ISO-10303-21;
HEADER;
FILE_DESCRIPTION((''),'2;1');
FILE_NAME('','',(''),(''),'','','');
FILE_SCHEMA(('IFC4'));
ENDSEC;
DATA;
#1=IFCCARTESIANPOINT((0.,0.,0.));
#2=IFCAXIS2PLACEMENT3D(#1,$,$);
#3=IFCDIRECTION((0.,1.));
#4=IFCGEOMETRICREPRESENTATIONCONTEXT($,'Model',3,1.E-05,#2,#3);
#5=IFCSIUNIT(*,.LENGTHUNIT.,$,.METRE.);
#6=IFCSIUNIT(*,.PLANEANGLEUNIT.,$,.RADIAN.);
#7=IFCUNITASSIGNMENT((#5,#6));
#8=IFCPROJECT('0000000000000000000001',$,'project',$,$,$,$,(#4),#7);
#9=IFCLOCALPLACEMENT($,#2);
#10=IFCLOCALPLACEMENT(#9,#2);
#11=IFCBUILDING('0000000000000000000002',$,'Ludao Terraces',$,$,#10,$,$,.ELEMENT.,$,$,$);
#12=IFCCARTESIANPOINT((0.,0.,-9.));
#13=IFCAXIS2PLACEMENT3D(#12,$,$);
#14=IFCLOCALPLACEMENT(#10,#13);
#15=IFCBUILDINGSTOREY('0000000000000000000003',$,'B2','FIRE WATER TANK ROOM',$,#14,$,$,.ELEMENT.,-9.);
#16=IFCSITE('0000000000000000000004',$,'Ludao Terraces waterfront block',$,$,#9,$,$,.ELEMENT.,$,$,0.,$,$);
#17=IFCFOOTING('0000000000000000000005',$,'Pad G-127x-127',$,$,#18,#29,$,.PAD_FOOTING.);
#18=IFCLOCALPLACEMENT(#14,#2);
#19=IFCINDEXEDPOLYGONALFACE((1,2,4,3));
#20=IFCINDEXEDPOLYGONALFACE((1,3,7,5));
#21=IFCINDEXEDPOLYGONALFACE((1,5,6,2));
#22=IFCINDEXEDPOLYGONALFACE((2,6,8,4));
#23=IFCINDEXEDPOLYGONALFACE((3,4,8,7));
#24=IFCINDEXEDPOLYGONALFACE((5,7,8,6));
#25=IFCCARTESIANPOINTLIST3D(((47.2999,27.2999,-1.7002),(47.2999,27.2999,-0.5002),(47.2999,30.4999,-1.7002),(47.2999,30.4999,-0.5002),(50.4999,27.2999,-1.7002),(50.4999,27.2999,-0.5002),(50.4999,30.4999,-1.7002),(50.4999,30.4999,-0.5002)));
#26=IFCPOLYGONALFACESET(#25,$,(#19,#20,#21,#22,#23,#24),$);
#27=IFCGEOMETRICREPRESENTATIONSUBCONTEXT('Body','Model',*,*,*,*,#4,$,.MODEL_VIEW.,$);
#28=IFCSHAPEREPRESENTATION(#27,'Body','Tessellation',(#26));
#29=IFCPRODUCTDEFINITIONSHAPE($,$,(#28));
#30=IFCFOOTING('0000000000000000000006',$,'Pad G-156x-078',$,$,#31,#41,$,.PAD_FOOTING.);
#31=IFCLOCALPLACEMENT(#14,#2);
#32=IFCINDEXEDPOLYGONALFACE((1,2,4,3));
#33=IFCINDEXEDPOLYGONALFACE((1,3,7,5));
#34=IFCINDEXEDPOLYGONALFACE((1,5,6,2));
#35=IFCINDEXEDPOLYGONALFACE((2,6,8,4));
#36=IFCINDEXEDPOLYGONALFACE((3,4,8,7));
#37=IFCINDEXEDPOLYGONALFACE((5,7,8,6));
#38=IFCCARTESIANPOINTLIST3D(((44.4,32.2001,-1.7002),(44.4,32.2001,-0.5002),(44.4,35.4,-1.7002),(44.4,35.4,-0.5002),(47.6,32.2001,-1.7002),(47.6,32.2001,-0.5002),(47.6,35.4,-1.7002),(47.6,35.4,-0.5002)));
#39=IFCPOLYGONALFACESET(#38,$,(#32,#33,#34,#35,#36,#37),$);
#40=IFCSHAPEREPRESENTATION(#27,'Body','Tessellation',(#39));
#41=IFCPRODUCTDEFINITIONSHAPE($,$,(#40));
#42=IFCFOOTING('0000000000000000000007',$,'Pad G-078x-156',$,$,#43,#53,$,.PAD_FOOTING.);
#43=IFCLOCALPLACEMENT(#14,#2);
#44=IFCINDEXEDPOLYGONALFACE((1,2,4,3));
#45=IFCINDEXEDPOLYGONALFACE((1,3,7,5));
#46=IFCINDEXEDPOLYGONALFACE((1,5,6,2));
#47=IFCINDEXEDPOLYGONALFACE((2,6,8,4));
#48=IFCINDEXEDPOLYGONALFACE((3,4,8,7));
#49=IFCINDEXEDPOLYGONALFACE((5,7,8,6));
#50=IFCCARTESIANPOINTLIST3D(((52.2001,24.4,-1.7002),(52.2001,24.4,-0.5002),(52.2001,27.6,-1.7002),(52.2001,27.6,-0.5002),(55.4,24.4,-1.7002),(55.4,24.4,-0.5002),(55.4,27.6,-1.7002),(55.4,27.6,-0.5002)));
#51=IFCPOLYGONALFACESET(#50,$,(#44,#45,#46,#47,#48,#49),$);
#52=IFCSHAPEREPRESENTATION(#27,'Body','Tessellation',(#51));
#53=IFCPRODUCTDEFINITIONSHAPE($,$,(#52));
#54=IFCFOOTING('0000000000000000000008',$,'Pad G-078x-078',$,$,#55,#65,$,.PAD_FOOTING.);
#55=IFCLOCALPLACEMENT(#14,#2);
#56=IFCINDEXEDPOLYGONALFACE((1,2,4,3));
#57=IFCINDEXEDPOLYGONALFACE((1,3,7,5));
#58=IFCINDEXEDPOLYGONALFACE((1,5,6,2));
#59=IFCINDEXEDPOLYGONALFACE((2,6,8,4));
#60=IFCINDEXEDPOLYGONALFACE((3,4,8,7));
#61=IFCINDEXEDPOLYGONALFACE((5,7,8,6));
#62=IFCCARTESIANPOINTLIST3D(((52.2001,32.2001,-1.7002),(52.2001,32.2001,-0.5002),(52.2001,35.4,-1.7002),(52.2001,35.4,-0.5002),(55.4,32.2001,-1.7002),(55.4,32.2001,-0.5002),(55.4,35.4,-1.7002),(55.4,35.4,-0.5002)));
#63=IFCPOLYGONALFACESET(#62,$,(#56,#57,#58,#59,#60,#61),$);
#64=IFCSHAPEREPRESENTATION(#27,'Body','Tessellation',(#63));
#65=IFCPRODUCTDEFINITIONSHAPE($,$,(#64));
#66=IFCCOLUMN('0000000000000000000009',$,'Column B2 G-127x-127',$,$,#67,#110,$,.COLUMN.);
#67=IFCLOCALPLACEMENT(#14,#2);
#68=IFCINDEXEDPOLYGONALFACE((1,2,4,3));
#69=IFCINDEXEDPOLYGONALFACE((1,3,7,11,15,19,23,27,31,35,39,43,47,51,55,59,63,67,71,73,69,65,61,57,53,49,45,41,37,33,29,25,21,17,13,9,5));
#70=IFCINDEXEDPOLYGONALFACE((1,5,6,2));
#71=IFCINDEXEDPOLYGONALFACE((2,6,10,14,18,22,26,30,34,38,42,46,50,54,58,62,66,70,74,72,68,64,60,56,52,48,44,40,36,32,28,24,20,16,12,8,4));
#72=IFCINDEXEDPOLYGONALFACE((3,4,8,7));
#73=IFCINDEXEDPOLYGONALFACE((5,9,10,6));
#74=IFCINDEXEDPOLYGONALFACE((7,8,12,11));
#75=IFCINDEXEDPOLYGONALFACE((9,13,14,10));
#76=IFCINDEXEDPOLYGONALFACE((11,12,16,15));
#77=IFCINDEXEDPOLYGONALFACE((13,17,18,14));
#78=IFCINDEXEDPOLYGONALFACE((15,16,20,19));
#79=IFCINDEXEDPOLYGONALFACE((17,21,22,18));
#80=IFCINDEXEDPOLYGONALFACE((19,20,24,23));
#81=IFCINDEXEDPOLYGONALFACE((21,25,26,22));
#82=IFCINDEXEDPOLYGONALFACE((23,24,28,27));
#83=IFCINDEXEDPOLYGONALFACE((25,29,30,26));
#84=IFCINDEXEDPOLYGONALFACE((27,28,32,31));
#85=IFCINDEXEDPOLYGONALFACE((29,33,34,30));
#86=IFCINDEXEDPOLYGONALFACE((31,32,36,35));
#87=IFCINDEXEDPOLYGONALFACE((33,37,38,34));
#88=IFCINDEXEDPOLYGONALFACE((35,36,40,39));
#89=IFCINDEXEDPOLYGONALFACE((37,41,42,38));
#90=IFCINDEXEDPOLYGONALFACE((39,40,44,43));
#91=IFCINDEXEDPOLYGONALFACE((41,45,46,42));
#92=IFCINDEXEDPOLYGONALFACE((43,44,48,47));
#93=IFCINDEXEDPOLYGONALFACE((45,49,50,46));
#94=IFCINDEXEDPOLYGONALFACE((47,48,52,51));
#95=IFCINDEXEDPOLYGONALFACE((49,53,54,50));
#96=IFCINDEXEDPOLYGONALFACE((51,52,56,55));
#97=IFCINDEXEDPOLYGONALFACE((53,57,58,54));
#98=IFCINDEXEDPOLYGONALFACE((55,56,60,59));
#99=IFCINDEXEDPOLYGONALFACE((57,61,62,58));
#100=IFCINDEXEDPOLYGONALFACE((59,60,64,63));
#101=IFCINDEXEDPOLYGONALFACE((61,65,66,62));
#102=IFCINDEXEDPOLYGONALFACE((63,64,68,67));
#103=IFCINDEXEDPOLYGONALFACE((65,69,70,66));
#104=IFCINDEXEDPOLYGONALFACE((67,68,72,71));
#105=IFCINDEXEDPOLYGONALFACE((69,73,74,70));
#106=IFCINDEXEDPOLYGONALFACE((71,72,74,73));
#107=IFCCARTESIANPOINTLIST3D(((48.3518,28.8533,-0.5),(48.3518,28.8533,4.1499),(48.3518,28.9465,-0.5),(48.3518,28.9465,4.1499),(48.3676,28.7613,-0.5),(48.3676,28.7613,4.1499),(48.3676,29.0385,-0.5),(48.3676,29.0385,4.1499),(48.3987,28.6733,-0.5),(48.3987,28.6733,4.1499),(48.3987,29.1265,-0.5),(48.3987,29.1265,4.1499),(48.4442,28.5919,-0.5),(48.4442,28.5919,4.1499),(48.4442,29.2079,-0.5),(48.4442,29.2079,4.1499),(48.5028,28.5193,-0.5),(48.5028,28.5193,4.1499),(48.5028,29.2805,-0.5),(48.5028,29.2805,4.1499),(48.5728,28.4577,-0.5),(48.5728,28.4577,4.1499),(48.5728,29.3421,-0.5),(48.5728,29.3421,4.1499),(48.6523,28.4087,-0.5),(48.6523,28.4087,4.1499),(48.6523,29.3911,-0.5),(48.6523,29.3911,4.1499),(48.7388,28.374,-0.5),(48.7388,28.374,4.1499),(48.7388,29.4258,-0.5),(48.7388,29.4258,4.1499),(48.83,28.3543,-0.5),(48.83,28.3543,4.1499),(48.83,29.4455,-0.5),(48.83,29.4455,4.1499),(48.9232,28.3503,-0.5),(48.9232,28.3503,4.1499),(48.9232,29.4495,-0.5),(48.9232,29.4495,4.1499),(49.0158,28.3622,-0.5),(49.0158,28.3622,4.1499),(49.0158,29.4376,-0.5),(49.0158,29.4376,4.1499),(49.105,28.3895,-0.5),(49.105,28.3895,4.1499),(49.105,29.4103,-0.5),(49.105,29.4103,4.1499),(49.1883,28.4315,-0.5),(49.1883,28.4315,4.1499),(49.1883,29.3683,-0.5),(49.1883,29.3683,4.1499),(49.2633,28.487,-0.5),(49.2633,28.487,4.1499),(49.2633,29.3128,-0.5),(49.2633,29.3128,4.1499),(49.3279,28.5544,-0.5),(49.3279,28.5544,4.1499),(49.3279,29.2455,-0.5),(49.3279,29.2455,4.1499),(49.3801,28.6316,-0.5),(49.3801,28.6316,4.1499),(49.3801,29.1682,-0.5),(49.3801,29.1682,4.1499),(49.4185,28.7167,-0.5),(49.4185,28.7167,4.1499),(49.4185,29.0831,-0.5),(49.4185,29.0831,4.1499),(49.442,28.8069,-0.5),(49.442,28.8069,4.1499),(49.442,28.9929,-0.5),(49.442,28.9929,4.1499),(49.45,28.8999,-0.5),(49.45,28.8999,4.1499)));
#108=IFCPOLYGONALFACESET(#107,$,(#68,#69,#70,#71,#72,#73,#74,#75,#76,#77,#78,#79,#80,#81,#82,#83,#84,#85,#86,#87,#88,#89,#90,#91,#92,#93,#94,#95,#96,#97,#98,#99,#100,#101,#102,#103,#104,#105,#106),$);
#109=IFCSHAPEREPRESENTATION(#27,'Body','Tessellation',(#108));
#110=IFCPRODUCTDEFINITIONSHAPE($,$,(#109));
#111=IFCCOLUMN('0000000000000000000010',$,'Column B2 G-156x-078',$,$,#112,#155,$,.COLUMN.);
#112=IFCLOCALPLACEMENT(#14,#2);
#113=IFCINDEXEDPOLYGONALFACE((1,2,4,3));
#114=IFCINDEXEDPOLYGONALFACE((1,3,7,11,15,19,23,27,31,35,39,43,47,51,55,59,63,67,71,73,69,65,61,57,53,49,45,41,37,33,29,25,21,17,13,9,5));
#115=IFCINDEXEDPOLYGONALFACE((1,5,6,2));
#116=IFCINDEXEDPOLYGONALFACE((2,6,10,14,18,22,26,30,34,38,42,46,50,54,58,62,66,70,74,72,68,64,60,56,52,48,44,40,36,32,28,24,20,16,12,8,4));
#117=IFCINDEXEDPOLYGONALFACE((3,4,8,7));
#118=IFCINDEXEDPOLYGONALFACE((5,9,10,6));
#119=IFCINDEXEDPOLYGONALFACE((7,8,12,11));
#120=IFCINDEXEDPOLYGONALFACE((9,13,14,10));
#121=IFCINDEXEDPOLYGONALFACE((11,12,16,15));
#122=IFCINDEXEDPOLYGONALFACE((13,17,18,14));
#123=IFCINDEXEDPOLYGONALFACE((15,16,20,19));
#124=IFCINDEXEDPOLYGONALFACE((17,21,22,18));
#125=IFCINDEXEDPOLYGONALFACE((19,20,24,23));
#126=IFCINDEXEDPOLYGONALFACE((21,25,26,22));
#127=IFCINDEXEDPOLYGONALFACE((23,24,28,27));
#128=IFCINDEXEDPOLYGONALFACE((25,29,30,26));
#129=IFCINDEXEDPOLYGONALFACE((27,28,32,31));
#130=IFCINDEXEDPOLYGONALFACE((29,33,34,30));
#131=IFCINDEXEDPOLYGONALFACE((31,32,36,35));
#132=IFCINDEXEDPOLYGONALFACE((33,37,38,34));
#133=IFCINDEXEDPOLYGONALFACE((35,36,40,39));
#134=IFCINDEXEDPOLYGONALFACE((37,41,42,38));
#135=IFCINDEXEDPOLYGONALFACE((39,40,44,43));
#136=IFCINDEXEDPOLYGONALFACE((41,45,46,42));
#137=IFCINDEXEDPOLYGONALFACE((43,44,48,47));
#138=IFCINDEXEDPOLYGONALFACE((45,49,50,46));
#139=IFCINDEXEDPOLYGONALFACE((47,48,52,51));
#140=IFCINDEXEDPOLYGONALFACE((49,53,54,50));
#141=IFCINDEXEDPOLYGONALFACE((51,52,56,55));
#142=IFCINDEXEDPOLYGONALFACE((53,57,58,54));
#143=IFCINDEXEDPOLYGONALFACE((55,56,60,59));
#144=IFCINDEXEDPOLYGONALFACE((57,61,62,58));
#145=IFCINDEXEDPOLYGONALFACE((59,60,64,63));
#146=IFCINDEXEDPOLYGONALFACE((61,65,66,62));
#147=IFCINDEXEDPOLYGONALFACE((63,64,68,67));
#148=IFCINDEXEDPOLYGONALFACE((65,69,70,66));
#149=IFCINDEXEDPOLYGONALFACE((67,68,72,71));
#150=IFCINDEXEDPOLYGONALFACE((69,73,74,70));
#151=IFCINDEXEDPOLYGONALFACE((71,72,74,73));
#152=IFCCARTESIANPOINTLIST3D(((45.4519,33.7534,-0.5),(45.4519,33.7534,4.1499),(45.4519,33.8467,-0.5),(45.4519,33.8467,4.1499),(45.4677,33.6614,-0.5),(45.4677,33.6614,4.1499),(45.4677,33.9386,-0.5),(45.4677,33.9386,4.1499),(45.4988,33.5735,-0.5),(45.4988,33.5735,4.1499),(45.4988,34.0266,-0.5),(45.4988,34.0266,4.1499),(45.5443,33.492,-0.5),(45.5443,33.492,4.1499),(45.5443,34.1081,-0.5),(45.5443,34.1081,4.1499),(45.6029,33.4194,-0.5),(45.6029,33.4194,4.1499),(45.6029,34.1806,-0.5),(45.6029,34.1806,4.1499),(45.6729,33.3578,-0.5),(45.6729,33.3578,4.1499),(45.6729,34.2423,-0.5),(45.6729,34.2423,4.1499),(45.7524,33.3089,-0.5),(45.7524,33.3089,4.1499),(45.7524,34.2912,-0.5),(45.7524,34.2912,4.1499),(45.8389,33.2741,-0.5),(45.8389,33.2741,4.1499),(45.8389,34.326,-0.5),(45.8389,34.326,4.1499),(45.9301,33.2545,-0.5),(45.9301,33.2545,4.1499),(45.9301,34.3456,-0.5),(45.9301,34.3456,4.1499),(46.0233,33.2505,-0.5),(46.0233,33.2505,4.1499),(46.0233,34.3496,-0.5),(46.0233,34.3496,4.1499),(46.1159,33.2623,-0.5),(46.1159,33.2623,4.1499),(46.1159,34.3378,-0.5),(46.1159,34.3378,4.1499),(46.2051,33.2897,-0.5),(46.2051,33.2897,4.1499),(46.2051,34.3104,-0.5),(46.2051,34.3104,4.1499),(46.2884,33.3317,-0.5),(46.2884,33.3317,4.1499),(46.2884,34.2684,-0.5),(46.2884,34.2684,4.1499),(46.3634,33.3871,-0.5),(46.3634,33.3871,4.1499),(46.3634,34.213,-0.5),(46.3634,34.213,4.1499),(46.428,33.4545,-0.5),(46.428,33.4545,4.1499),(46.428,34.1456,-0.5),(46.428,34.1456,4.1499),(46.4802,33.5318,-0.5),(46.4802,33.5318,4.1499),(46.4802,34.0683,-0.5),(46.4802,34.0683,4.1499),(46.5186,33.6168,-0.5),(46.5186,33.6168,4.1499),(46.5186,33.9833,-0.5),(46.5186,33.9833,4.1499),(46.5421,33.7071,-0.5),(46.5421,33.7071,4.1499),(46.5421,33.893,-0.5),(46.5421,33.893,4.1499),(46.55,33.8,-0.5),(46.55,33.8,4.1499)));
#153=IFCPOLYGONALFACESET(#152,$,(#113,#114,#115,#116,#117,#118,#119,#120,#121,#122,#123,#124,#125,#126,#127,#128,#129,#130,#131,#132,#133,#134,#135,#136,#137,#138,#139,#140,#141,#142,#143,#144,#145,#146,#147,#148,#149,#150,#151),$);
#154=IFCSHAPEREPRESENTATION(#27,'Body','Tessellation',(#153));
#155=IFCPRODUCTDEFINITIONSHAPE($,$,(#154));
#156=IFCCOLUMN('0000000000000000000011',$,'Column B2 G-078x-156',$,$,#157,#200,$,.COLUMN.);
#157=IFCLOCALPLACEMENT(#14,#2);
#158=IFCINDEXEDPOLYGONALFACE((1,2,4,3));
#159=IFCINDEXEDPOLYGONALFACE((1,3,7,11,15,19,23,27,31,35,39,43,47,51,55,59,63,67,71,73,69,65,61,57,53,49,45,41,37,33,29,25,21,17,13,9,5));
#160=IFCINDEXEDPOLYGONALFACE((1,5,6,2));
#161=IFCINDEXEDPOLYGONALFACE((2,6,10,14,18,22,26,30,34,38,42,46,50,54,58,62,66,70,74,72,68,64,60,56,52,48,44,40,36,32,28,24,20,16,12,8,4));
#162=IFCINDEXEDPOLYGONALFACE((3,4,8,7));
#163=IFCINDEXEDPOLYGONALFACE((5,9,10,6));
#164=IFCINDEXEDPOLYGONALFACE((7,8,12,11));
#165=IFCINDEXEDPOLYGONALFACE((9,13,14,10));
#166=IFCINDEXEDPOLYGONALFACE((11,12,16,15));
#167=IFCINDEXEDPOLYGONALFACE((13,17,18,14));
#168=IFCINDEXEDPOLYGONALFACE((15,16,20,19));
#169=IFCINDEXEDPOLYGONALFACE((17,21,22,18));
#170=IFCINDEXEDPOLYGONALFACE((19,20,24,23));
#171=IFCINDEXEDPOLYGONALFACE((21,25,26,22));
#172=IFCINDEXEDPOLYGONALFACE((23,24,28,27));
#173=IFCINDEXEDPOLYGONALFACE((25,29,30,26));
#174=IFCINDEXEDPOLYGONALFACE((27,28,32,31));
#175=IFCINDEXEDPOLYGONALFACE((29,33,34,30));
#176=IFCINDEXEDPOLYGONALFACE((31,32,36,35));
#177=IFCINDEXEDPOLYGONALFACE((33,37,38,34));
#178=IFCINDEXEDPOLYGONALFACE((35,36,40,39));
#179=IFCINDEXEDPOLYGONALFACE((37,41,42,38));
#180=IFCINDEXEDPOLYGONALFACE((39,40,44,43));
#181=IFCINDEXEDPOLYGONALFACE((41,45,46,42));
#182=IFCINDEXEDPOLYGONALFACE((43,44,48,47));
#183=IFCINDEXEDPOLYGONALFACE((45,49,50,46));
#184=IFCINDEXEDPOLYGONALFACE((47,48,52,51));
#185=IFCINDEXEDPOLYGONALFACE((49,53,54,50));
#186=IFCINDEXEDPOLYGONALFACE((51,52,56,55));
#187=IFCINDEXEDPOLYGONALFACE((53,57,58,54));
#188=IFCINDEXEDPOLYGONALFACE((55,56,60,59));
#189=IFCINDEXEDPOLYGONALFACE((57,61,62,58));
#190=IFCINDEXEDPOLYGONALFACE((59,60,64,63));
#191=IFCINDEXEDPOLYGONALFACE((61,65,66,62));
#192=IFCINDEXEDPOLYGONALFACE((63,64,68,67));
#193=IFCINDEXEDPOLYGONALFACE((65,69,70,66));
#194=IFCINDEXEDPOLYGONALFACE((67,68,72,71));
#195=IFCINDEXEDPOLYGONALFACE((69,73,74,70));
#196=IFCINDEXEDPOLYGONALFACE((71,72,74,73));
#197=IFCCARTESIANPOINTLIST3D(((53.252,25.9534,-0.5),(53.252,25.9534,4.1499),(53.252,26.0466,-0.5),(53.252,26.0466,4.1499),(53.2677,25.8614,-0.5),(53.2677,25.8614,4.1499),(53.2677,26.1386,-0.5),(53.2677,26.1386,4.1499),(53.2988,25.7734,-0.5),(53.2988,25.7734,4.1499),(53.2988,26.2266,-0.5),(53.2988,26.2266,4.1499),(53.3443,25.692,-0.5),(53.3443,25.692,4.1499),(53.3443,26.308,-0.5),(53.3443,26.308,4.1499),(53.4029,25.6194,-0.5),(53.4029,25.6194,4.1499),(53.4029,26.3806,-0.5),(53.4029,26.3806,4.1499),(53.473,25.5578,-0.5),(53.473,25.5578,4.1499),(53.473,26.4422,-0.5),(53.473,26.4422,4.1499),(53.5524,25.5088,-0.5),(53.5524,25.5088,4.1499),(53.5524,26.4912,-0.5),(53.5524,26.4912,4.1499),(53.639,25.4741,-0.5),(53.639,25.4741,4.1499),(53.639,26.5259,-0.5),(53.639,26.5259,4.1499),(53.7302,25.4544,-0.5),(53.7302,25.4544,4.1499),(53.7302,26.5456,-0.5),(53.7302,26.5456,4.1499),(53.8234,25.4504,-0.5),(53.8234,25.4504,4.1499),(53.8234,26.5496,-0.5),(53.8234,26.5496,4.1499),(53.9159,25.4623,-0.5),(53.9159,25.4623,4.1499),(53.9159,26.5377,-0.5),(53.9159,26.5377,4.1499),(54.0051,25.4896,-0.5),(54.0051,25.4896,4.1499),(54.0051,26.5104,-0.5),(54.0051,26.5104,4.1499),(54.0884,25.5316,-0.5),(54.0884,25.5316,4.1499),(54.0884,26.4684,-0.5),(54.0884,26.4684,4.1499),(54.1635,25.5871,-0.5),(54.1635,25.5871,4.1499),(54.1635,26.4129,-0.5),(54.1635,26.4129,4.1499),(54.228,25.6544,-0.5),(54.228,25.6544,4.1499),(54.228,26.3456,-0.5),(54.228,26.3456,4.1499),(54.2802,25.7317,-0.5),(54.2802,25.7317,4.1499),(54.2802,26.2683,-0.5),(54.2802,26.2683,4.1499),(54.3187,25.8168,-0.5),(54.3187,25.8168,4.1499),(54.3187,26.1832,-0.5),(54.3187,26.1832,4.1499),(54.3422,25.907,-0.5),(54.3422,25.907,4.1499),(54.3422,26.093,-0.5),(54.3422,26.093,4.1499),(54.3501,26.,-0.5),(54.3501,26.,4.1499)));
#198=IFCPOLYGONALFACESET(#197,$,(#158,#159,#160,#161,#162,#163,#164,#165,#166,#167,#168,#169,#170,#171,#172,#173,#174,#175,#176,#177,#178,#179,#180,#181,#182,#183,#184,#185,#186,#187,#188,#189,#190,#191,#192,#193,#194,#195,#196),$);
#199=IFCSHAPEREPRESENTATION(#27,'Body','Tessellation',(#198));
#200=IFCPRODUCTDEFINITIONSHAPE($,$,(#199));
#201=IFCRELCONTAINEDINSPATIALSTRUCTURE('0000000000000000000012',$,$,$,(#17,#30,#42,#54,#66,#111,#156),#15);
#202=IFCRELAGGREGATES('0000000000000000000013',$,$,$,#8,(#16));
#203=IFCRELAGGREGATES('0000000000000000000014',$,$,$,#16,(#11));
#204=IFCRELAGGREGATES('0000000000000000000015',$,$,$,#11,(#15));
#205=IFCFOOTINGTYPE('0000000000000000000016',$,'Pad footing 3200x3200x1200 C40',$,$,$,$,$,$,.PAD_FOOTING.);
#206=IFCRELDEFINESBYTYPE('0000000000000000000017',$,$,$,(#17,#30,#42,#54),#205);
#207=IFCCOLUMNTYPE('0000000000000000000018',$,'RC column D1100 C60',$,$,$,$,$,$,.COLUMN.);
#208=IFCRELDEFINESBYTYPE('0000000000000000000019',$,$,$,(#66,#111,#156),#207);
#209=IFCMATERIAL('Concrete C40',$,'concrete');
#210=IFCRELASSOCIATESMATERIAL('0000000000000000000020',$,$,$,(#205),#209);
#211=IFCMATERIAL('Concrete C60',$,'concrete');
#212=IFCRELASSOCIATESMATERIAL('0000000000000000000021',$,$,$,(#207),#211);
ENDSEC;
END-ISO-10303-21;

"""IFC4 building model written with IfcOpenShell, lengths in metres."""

from ifc_helpers import new_model, si_unit, direction, frame, origin, origin_2d, place, context, subcontext, project, spatial, rectangle, circle, extrude, material, material_profile, profile_set, type_object, element, save


model = new_model("IFC4")

# Units and contexts
model_context = context("Model", 3, precision=1e-05, world=origin(), true_north=direction((0.0, 1.0)))
body_context = subcontext(model_context, "Body", "Model", "MODEL_VIEW")
ifc_project = project(units=[si_unit("LENGTHUNIT", "METRE"), si_unit("PLANEANGLEUNIT", "RADIAN")], contexts=[model_context])

# Site, building, storey
site_placement = place(None, origin())
site = spatial("IfcSite", under=ifc_project, at=site_placement, Name="Ludao Terraces waterfront block", CompositionType="ELEMENT", RefElevation=0.0)
building_placement = place(site_placement, origin())
building = spatial("IfcBuilding", under=site, at=building_placement, Name="Ludao Terraces", CompositionType="ELEMENT")
storey_placement = place(building_placement, frame((0.0, 0.0, -9.0)))
storey = spatial("IfcBuildingStorey", under=building, at=storey_placement, Name="B2", Description="FIRE WATER TANK ROOM", CompositionType="ELEMENT", Elevation=-9.0)

# Footings
ifc_material_1 = material(Name="Concrete C40", Category="concrete")
footing_type = type_object("IfcFootingType", Name="Pad footing 3200x3200x1200 C40", PredefinedType="PAD_FOOTING", material=ifc_material_1)
for number, where, z_axis, x_axis, name in (
    (1, (48.8999, 28.8999, -1.7002), (0.0, 0.0, 1.0), (1.0, 0.0, 0.0), "Pad G-127x-127"),
    (2, (46.0, 33.8, -1.7002), (0.0, 0.0, 1.0), (1.0, 0.0, 0.0), "Pad G-156x-078"),
    (3, (53.8, 26.0, -1.7002), (0.0, 0.0, 1.0), (1.0, 0.0, 0.0), "Pad G-078x-156"),
    (4, (53.8, 33.8, -1.7002), (0.0, 0.0, 1.0), (1.0, 0.0, 0.0), "Pad G-078x-078"),
):
    element("IfcFooting", number, at=place(storey_placement, frame(where, z_axis=z_axis, x_axis=x_axis)), inside=storey, type_object=footing_type, Name=name, PredefinedType="PAD_FOOTING", context=body_context, shape_type="SweptSolid", body=[
        extrude(rectangle(XDim=3.2, YDim=3.2, at=origin_2d()), origin(), (0.0, 0.0, 1.0), 1.2),
    ])

# Columns
ifc_material_2 = material(Name="Concrete C60", Category="concrete")
ifc_material_profile = material_profile(ifc_material_2, circle(Radius=0.55, at=origin_2d()), Name="D1100")
ifc_profile_set = profile_set([ifc_material_profile], Name="Concrete C60")
column_type = type_object("IfcColumnType", Name="RC column D1100 C60", PredefinedType="COLUMN", material=ifc_profile_set)
for number, where, z_axis, x_axis, name in (
    (5, (48.8999, 28.8999, -0.5), (0.0, 0.0, 1.0), (1.0, 0.0, 0.0), "Column B2 G-127x-127"),
    (6, (46.0, 33.8, -0.5), (0.0, 0.0, 1.0), (1.0, 0.0, 0.0), "Column B2 G-156x-078"),
    (7, (53.8, 26.0, -0.5), (0.0, 0.0, 1.0), (1.0, 0.0, 0.0), "Column B2 G-078x-156"),
):
    element("IfcColumn", number, at=place(storey_placement, frame(where, z_axis=z_axis, x_axis=x_axis)), inside=storey, type_object=column_type, Name=name, PredefinedType="COLUMN", context=body_context, shape_type="SweptSolid", body=[
        extrude(circle(Radius=0.55, at=origin_2d()), origin(), (0.0, 0.0, 1.0), 4.6499),
    ])

save(model, "model.ifc")
